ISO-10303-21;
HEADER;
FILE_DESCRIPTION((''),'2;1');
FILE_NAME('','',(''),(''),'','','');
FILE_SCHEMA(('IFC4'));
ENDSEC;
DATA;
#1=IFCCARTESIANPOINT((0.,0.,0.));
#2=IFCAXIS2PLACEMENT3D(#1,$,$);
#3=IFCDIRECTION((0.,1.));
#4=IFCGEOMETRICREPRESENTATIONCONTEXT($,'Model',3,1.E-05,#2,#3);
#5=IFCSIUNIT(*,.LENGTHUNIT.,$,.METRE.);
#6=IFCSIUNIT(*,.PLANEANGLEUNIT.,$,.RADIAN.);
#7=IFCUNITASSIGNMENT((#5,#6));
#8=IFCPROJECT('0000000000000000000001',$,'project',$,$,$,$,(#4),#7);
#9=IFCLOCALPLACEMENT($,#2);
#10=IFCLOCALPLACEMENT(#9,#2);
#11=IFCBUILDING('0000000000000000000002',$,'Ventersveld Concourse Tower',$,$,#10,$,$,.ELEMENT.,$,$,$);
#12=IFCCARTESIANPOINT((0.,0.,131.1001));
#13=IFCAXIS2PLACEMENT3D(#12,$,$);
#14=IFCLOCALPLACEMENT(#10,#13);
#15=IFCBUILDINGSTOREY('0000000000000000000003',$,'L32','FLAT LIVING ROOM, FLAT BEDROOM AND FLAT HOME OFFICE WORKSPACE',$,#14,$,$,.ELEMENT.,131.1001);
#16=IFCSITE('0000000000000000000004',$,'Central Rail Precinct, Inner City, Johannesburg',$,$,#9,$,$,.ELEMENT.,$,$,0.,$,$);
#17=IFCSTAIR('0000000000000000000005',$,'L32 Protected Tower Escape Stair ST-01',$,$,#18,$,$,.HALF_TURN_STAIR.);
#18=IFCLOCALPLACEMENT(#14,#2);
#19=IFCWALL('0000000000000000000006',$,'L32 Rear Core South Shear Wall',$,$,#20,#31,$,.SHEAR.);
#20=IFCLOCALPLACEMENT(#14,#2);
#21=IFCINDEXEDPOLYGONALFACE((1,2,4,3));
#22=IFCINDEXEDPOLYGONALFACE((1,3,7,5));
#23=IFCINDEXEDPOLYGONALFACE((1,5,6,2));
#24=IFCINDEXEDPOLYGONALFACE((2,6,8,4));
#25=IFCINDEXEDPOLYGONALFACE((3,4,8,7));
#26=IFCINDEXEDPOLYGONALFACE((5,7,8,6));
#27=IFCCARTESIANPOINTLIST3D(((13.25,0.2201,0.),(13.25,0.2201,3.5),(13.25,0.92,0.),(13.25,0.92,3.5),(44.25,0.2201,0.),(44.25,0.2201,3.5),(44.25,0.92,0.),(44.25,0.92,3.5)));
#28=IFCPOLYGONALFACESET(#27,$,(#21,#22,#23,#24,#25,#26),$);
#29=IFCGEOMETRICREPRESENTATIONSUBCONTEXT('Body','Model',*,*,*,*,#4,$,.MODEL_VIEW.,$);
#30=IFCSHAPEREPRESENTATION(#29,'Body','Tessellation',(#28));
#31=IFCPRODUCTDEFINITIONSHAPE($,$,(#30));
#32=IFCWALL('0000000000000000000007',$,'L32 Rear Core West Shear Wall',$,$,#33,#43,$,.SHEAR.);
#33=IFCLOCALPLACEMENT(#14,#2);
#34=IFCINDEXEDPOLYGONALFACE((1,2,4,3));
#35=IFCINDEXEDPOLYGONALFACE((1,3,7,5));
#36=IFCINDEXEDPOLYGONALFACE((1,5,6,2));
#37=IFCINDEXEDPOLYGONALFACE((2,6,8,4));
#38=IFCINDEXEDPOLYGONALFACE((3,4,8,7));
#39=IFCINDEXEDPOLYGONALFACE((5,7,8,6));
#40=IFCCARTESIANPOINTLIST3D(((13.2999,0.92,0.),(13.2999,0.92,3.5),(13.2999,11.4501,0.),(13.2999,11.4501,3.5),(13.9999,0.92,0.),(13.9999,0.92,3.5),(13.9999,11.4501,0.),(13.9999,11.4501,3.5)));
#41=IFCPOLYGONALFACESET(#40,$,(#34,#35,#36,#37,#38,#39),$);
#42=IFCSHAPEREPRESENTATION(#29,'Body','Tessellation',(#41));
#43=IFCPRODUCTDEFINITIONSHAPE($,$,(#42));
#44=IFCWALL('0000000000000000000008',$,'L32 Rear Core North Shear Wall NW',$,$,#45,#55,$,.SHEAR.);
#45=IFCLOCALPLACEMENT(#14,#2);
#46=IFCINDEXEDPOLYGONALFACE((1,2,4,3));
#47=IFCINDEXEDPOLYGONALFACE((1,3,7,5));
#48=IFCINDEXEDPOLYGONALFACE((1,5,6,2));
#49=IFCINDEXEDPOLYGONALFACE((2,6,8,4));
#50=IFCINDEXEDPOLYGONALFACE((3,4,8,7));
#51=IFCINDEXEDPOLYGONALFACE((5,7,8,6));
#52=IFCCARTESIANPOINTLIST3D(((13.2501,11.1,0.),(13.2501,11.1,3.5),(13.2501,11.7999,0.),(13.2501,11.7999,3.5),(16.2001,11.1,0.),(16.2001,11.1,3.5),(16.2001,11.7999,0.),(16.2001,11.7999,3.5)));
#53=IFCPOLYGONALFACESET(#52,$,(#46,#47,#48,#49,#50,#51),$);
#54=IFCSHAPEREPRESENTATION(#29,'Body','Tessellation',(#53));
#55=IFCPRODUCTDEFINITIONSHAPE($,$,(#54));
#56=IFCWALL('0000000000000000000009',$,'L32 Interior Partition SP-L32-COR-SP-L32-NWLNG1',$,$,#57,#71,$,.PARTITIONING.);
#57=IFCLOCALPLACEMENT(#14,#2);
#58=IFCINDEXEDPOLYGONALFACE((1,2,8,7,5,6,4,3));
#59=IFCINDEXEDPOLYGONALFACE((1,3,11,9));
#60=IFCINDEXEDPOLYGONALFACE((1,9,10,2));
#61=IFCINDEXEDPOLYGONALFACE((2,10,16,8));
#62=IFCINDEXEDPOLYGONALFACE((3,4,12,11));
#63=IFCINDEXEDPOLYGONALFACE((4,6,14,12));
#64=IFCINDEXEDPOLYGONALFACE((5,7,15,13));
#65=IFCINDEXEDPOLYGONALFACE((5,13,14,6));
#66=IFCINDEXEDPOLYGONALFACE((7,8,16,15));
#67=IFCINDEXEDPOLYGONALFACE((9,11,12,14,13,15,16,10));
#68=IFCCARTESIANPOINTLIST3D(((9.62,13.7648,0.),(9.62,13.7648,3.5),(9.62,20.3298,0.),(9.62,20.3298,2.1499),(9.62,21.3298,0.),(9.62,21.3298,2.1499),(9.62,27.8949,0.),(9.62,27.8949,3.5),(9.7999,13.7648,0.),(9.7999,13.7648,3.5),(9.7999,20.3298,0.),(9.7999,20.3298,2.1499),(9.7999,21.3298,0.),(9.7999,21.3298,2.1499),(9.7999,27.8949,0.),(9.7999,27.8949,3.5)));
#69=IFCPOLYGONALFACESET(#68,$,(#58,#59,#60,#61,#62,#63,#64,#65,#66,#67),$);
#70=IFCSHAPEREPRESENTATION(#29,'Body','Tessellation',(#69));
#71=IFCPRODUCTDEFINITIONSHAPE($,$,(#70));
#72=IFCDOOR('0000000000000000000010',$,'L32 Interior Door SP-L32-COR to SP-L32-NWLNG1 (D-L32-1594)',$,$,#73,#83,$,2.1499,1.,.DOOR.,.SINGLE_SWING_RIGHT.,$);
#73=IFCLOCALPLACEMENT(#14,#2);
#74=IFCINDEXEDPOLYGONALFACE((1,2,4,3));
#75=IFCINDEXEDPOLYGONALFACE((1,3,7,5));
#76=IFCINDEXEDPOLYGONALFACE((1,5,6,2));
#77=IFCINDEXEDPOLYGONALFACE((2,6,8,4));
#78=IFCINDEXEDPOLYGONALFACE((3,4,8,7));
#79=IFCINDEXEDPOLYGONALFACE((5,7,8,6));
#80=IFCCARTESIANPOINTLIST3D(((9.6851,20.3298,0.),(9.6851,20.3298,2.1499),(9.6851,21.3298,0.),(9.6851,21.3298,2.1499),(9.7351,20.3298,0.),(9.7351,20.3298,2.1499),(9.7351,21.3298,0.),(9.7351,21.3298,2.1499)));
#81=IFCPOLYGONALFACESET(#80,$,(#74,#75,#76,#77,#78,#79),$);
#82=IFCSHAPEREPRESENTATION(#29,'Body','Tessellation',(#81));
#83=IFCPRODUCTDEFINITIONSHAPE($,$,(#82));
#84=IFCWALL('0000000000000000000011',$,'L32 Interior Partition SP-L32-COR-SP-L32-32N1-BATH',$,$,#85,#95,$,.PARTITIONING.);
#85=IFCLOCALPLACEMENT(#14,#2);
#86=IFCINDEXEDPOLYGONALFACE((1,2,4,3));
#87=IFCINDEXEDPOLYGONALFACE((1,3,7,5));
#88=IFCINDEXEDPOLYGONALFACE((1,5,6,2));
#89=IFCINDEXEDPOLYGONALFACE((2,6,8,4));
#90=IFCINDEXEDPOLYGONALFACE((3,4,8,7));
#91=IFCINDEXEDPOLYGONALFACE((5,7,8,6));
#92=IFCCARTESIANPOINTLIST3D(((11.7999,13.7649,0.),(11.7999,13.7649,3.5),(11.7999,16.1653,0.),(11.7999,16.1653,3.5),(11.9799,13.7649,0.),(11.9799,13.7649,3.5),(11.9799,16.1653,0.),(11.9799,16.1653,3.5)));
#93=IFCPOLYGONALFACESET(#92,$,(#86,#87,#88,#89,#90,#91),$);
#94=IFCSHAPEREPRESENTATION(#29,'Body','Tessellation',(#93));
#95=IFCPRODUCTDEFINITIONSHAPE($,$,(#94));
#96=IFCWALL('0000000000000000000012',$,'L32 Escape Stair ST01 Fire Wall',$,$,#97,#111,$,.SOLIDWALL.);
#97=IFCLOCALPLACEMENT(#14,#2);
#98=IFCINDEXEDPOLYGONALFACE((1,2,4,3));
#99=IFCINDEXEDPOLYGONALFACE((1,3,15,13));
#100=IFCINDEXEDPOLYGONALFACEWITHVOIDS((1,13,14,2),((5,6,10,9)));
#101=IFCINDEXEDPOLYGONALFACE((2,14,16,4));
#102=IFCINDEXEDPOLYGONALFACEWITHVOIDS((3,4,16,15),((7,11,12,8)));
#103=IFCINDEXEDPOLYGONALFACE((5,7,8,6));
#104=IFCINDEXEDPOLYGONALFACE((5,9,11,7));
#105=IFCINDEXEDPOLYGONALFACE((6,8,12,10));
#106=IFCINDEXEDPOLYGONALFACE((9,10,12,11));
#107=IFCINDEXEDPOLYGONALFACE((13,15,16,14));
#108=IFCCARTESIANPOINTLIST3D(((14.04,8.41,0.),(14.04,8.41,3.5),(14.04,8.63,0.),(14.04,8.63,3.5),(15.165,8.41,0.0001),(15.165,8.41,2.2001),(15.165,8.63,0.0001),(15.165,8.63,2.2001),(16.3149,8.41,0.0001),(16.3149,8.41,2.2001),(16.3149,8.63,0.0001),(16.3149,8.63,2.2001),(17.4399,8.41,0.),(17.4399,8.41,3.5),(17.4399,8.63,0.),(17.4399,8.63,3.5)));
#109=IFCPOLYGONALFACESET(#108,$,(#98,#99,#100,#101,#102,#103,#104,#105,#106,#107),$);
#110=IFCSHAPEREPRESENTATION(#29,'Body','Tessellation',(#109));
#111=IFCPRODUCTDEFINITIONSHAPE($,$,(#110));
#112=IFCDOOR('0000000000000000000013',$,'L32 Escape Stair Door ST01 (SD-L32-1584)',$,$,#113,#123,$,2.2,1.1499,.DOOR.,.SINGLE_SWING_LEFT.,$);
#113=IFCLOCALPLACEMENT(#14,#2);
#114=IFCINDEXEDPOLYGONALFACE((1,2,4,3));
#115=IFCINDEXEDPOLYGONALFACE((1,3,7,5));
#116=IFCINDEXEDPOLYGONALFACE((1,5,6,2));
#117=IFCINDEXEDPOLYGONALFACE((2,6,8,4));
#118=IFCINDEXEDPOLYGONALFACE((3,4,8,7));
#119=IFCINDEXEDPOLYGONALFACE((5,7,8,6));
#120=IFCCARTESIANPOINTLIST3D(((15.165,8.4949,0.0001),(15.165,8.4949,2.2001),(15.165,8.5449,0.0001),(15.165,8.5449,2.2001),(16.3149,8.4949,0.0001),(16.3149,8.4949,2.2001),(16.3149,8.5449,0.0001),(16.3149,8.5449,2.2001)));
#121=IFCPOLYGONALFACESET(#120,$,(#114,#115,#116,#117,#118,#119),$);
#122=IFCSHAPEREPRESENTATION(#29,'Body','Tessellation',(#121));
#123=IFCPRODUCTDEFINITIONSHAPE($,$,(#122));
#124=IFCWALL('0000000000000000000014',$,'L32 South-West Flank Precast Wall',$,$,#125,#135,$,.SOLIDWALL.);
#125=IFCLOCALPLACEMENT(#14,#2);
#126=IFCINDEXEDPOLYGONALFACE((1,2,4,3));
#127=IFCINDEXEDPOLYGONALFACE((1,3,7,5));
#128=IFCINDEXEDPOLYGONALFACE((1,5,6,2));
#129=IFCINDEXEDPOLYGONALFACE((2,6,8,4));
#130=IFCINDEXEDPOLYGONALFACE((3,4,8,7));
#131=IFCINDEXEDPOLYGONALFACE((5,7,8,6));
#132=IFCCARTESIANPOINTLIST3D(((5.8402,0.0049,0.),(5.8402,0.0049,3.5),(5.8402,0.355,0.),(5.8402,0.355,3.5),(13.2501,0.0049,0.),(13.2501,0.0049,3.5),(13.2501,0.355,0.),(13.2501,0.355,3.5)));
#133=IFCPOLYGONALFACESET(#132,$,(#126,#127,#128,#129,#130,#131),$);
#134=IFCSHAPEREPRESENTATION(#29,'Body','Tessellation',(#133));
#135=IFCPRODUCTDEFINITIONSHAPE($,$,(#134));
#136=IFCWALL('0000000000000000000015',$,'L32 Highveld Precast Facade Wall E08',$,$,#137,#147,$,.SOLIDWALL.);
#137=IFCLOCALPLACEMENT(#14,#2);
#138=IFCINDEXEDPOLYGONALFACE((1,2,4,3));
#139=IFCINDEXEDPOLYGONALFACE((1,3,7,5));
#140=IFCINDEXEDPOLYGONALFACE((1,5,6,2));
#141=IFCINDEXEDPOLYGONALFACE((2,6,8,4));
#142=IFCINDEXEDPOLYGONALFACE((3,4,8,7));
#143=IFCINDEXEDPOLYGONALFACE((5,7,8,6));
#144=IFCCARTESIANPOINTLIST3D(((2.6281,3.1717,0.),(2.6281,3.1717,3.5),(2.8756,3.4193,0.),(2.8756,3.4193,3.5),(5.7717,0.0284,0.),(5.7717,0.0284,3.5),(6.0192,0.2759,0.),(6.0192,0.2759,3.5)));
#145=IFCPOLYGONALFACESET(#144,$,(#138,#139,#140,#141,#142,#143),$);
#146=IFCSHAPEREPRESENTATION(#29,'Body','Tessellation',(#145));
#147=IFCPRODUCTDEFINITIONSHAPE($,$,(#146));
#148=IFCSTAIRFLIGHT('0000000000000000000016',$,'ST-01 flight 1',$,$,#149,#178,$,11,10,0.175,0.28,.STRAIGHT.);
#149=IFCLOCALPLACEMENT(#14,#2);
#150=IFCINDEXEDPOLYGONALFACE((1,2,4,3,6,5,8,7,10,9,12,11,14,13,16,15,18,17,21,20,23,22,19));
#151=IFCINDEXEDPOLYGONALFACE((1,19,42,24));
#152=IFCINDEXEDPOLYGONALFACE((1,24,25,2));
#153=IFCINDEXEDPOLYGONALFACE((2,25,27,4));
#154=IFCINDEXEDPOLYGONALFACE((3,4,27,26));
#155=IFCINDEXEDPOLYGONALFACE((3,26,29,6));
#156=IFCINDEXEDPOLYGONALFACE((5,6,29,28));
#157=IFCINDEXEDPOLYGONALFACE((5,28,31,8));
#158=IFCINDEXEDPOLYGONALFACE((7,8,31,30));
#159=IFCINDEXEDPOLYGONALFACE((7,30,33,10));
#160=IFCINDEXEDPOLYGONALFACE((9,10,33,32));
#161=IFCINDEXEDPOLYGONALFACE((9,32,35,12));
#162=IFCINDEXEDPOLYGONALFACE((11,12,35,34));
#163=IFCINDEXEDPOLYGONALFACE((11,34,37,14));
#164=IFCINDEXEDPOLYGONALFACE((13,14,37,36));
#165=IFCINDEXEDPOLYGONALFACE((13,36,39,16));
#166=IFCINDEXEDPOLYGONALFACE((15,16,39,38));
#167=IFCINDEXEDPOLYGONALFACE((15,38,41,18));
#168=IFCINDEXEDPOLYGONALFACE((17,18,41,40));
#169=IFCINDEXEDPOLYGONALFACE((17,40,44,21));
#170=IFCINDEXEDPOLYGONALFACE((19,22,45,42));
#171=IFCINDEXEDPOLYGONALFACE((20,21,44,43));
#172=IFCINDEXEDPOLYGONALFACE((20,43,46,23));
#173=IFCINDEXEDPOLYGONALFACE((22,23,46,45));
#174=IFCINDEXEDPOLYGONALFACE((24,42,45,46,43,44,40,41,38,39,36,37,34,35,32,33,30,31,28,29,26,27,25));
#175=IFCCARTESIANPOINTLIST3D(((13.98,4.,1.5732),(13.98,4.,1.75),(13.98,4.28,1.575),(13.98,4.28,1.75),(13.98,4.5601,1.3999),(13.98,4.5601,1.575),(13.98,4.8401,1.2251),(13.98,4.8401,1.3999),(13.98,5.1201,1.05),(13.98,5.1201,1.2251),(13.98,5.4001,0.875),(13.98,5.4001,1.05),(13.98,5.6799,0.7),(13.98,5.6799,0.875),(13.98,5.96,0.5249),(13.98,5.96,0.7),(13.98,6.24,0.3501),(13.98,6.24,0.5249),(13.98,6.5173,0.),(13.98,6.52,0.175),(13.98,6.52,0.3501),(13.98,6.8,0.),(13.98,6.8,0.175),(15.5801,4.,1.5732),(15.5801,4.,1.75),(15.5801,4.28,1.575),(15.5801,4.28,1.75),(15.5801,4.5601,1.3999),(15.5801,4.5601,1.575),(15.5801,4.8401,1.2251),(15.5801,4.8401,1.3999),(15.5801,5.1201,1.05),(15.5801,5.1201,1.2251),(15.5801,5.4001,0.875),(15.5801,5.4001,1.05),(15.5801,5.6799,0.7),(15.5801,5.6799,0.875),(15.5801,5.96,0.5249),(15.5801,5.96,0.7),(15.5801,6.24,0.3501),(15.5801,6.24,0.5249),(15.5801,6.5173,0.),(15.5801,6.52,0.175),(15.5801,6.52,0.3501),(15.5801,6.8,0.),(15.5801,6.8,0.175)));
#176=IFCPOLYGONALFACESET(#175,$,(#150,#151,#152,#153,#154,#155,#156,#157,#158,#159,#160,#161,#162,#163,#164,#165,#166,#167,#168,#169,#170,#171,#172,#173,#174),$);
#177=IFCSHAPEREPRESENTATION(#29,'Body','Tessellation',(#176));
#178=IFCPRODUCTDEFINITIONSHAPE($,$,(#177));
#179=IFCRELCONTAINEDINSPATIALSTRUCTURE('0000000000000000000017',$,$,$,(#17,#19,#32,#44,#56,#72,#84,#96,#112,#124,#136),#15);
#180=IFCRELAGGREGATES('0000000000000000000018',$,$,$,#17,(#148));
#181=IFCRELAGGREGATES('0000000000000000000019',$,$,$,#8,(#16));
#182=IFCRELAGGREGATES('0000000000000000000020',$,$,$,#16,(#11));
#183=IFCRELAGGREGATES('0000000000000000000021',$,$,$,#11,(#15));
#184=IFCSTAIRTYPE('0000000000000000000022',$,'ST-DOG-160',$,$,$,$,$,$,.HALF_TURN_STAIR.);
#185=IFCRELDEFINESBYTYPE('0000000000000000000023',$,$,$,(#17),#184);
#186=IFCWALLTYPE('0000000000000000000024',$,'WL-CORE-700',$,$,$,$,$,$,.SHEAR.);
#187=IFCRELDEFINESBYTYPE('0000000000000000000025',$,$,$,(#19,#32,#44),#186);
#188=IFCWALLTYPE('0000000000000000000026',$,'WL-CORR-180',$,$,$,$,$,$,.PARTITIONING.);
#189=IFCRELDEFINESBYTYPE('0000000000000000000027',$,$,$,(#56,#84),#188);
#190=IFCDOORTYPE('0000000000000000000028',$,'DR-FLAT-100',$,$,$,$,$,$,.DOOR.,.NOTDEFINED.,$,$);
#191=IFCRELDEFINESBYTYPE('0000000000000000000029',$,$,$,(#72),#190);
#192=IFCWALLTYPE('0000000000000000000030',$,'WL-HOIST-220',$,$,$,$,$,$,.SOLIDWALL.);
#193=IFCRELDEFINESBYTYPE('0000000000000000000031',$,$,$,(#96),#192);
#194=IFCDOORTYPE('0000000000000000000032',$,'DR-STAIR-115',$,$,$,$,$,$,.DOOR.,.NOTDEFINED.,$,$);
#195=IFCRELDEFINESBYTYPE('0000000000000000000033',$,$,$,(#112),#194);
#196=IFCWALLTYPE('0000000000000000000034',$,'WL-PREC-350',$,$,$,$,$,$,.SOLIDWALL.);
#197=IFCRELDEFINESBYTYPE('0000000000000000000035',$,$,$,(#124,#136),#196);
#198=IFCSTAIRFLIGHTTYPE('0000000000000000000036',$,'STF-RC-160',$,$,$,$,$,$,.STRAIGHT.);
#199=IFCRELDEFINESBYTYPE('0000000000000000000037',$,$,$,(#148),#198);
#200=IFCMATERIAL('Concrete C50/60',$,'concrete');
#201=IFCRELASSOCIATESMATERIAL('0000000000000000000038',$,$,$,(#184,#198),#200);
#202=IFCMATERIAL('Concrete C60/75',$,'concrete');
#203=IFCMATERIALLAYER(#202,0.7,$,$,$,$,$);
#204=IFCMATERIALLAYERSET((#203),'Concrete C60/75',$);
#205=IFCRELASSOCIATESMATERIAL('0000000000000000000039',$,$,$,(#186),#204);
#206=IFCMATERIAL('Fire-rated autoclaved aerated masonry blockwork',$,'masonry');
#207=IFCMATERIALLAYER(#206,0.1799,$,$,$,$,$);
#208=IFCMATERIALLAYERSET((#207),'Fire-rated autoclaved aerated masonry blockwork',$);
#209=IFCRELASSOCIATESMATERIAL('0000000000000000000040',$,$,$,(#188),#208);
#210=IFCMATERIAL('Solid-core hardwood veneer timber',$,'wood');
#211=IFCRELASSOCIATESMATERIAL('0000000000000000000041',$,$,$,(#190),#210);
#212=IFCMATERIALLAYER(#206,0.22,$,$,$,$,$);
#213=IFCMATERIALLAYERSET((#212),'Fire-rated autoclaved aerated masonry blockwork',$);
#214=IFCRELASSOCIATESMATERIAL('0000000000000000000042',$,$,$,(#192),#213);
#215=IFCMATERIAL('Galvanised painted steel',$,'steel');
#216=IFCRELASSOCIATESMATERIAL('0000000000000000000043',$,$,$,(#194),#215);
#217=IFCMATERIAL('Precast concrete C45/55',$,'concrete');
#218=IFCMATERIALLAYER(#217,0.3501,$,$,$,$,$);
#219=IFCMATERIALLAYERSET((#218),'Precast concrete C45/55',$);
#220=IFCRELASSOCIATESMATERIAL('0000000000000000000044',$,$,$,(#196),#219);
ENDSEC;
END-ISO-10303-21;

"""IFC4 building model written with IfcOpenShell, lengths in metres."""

from ifc_helpers import new_model, si_unit, direction, frame, frame_2d, origin, place, context, subcontext, project, spatial, polyline, rectangle, outline, extrude, material, layer, layer_set, type_object, element, fill, aggregate, save


model = new_model("IFC4")

# Units and contexts
model_context = context("Model", 3, precision=1e-05, world=origin(), true_north=direction((0.0, 1.0)))
body_context = subcontext(model_context, "Body", "Model", "MODEL_VIEW")
ifc_project = project(units=[si_unit("LENGTHUNIT", "METRE"), si_unit("PLANEANGLEUNIT", "RADIAN")], contexts=[model_context])

# Site, building, storey
site_placement = place(None, origin())
site = spatial("IfcSite", under=ifc_project, at=site_placement, Name="Central Rail Precinct, Inner City, Johannesburg", CompositionType="ELEMENT", RefElevation=0.0)
building_placement = place(site_placement, origin())
building = spatial("IfcBuilding", under=site, at=building_placement, Name="Ventersveld Concourse Tower", CompositionType="ELEMENT")
storey_placement = place(building_placement, frame((0.0, 0.0, 131.1001)))
storey = spatial("IfcBuildingStorey", under=building, at=storey_placement, Name="L32", Description="FLAT LIVING ROOM, FLAT BEDROOM AND FLAT HOME OFFICE WORKSPACE", CompositionType="ELEMENT", Elevation=131.1001)

# Shared definitions
ifc_material_1 = material(Name="Concrete C50/60", Category="concrete")

# Stair
stair_type_1 = type_object("IfcStairType", Name="ST-DOG-160", PredefinedType="HALF_TURN_STAIR", material=ifc_material_1)
stair_1_placement = place(storey_placement, origin())
stair_1 = element("IfcStair", 1, at=stair_1_placement, inside=storey, type_object=stair_type_1, Name="L32 Protected Tower Escape Stair ST-01", PredefinedType="HALF_TURN_STAIR")

# Walls
ifc_material_2 = material(Name="Concrete C60/75", Category="concrete")
ifc_layer_1 = layer(ifc_material_2, 0.7)
ifc_layer_set_1 = layer_set([ifc_layer_1], Name="Concrete C60/75")
wall_type_1 = type_object("IfcWallType", Name="WL-CORE-700", PredefinedType="SHEAR", material=ifc_layer_set_1)
wall_1_placement = place(storey_placement, frame((13.25, 0.5701, 0.0), z_axis=(0.0, 0.0, 1.0), x_axis=(1.0, 0.0, 0.0)))
element("IfcWall", 2, at=wall_1_placement, inside=storey, type_object=wall_type_1, Name="L32 Rear Core South Shear Wall", PredefinedType="SHEAR", context=body_context, shape_type="SweptSolid", body=[
    extrude(rectangle(XDim=31.0, YDim=0.7, at=frame_2d((15.5, 0.0))), origin(), (0.0, 0.0, 1.0), 3.5),
])
wall_2_placement = place(storey_placement, frame((13.6499, 0.9199, 0.0), z_axis=(0.0, 0.0, 1.0), x_axis=(0.0, 1.0, 0.0)))
element("IfcWall", 3, at=wall_2_placement, inside=storey, type_object=wall_type_1, Name="L32 Rear Core West Shear Wall", PredefinedType="SHEAR", context=body_context, shape_type="SweptSolid", body=[
    extrude(rectangle(XDim=10.53, YDim=0.7, at=frame_2d((5.2651, 0.0))), origin(), (0.0, 0.0, 1.0), 3.5),
])
wall_3_placement = place(storey_placement, frame((13.25, 11.45, 0.0), z_axis=(0.0, 0.0, 1.0), x_axis=(1.0, 0.0, 0.0)))
element("IfcWall", 4, at=wall_3_placement, inside=storey, type_object=wall_type_1, Name="L32 Rear Core North Shear Wall NW", PredefinedType="SHEAR", context=body_context, shape_type="SweptSolid", body=[
    extrude(rectangle(XDim=2.95, YDim=0.7, at=frame_2d((1.4751, 0.0))), origin(), (0.0, 0.0, 1.0), 3.5),
])

# Wall, opening, door
ifc_material_3 = material(Name="Fire-rated autoclaved aerated masonry blockwork", Category="masonry")
ifc_layer_2 = layer(ifc_material_3, 0.1799)
ifc_layer_set_2 = layer_set([ifc_layer_2], Name="Fire-rated autoclaved aerated masonry blockwork")
wall_type_2 = type_object("IfcWallType", Name="WL-CORR-180", PredefinedType="PARTITIONING", material=ifc_layer_set_2)
wall_4_placement = place(storey_placement, frame((9.71, 13.7649, 0.0), z_axis=(0.0, 0.0, 1.0), x_axis=(0.0, 1.0, 0.0)))
wall_4 = element("IfcWall", 5, at=wall_4_placement, inside=storey, type_object=wall_type_2, Name="L32 Interior Partition SP-L32-COR-SP-L32-NWLNG1", PredefinedType="PARTITIONING", context=body_context, shape_type="SweptSolid", body=[
    extrude(rectangle(XDim=14.1301, YDim=0.1799, at=frame_2d((7.0649, 0.0))), origin(), (0.0, 0.0, 1.0), 3.5),
])
opening_1_placement = place(wall_4_placement, frame((6.5649, 0.0, 0.0)))
opening_1 = element("IfcOpeningElement", 6, at=opening_1_placement, cuts=wall_4, PredefinedType="OPENING", context=body_context, shape_type="SweptSolid", body=[
    extrude(rectangle(XDim=1.0, YDim=2.1499, at=frame_2d((0.5, 1.075))), frame((0.0, 0.1001, 0.0), z_axis=(0.0, -1.0, 0.0), x_axis=(1.0, 0.0, 0.0)), (0.0, 0.0, 1.0), 0.2),
])
ifc_material_4 = material(Name="Solid-core hardwood veneer timber", Category="wood")
door_type_1 = type_object("IfcDoorType", Name="DR-FLAT-100", OperationType="NOTDEFINED", PredefinedType="DOOR", material=ifc_material_4)
door_1_placement = place(opening_1_placement, origin())
door_1 = element("IfcDoor", 7, at=door_1_placement, inside=storey, type_object=door_type_1, Name="L32 Interior Door SP-L32-COR to SP-L32-NWLNG1 (D-L32-1594)", OperationType="SINGLE_SWING_RIGHT", OverallHeight=2.1499, OverallWidth=1.0, PredefinedType="DOOR", context=body_context, shape_type="SweptSolid", body=[
    extrude(rectangle(XDim=1.0, YDim=2.1499, at=frame_2d((0.5, 1.075))), frame((0.0, 0.0249, 0.0), z_axis=(0.0, -1.0, 0.0), x_axis=(1.0, 0.0, 0.0)), (0.0, 0.0, 1.0), 0.05),
])
fill(opening_1, door_1)

# Wall
wall_5_placement = place(storey_placement, frame((11.8899, 13.7649, 0.0), z_axis=(0.0, 0.0, 1.0), x_axis=(0.0, 1.0, 0.0)))
element("IfcWall", 8, at=wall_5_placement, inside=storey, type_object=wall_type_2, Name="L32 Interior Partition SP-L32-COR-SP-L32-32N1-BATH", PredefinedType="PARTITIONING", context=body_context, shape_type="SweptSolid", body=[
    extrude(rectangle(XDim=2.4004, YDim=0.1799, at=frame_2d((1.2002, 0.0))), origin(), (0.0, 0.0, 1.0), 3.5),
])

# Wall, opening, door
ifc_layer_3 = layer(ifc_material_3, 0.22)
ifc_layer_set_3 = layer_set([ifc_layer_3], Name="Fire-rated autoclaved aerated masonry blockwork")
wall_type_3 = type_object("IfcWallType", Name="WL-HOIST-220", PredefinedType="SOLIDWALL", material=ifc_layer_set_3)
wall_6_placement = place(storey_placement, frame((14.04, 8.52, 0.0), z_axis=(0.0, 0.0, 1.0), x_axis=(1.0, 0.0, 0.0)))
wall_6 = element("IfcWall", 9, at=wall_6_placement, inside=storey, type_object=wall_type_3, Name="L32 Escape Stair ST01 Fire Wall", PredefinedType="SOLIDWALL", context=body_context, shape_type="SweptSolid", body=[
    extrude(rectangle(XDim=3.3999, YDim=0.22, at=frame_2d((1.7, 0.0))), origin(), (0.0, 0.0, 1.0), 3.5),
])
opening_2_placement = place(wall_6_placement, frame((1.125, 0.0, 0.0)))
opening_2 = element("IfcOpeningElement", 10, at=opening_2_placement, cuts=wall_6, PredefinedType="OPENING", context=body_context, shape_type="SweptSolid", body=[
    extrude(rectangle(XDim=1.1499, YDim=2.2, at=frame_2d((0.575, 1.1001))), frame((0.0, 0.1201, 0.0), z_axis=(0.0, -1.0, 0.0), x_axis=(1.0, 0.0, 0.0)), (0.0, 0.0, 1.0), 0.24),
])
ifc_material_5 = material(Name="Galvanised painted steel", Category="steel")
door_type_2 = type_object("IfcDoorType", Name="DR-STAIR-115", OperationType="NOTDEFINED", PredefinedType="DOOR", material=ifc_material_5)
door_2_placement = place(opening_2_placement, origin())
door_2 = element("IfcDoor", 11, at=door_2_placement, inside=storey, type_object=door_type_2, Name="L32 Escape Stair Door ST01 (SD-L32-1584)", OperationType="SINGLE_SWING_LEFT", OverallHeight=2.2, OverallWidth=1.1499, PredefinedType="DOOR", context=body_context, shape_type="SweptSolid", body=[
    extrude(rectangle(XDim=1.1499, YDim=2.2, at=frame_2d((0.575, 1.1001))), frame((0.0, 0.0249, 0.0), z_axis=(0.0, -1.0, 0.0), x_axis=(1.0, 0.0, 0.0)), (0.0, 0.0, 1.0), 0.05),
])
fill(opening_2, door_2)

# Walls
ifc_material_6 = material(Name="Precast concrete C45/55", Category="concrete")
ifc_layer_4 = layer(ifc_material_6, 0.3501)
ifc_layer_set_4 = layer_set([ifc_layer_4], Name="Precast concrete C45/55")
wall_type_4 = type_object("IfcWallType", Name="WL-PREC-350", PredefinedType="SOLIDWALL", material=ifc_layer_set_4)
wall_7_placement = place(storey_placement, frame((5.8401, 0.1799, 0.0), z_axis=(0.0, 0.0, 1.0), x_axis=(1.0, 0.0, 0.0)))
element("IfcWall", 12, at=wall_7_placement, inside=storey, type_object=wall_type_4, Name="L32 South-West Flank Precast Wall", PredefinedType="SOLIDWALL", context=body_context, shape_type="SweptSolid", body=[
    extrude(rectangle(XDim=7.4099, YDim=0.3501, at=frame_2d((3.7051, 0.0))), origin(), (0.0, 0.0, 1.0), 3.5),
])
wall_8_placement = place(storey_placement, frame((2.752, 3.2954, 0.0), z_axis=(0.0, 0.0, 1.0), x_axis=(0.707134, -0.707079, 0.0)))
element("IfcWall", 13, at=wall_8_placement, inside=storey, type_object=wall_type_4, Name="L32 Highveld Precast Facade Wall E08", PredefinedType="SOLIDWALL", context=body_context, shape_type="SweptSolid", body=[
    extrude(rectangle(XDim=4.4456, YDim=0.3501, at=frame_2d((2.2227, 0.0))), origin(), (0.0, 0.0, 1.0), 3.5),
])

# Stair flight
stair_flight_type = type_object("IfcStairFlightType", Name="STF-RC-160", PredefinedType="STRAIGHT", material=ifc_material_1)
stair_flight_placement = place(storey_placement, frame((14.78, 6.8, 0.0), z_axis=(0.0, 0.0, 1.0), x_axis=(0.0, -1.0, 0.0)))
stair_flight = element("IfcStairFlight", 14, at=stair_flight_placement, type_object=stair_flight_type, Name="ST-01 flight 1", NumberOfRisers=11, NumberOfTreads=10, PredefinedType="STRAIGHT", RiserHeight=0.175, TreadLength=0.28, context=body_context, shape_type="SweptSolid", body=[
    extrude(outline(polyline([(0.0, 0.0), (0.0, 0.175), (0.28, 0.175), (0.28, 0.3501), (0.5601, 0.3501), (0.5601, 0.5249), (0.8401, 0.5249), (0.8401, 0.7), (1.1201, 0.7), (1.1201, 0.875), (1.3999, 0.875), (1.3999, 1.05), (1.6799, 1.05), (1.6799, 1.2251), (1.96, 1.2251), (1.96, 1.3999), (2.24, 1.3999), (2.24, 1.575), (2.52, 1.575), (2.52, 1.75), (2.8, 1.75), (2.8, 1.925), (2.8, 1.5732), (0.2827, 0.0), (0.0, 0.0)])), frame((0.0, 0.8, 0.0), z_axis=(0.0, -1.0, 0.0), x_axis=(1.0, 0.0, 0.0)), (0.0, 0.0, 1.0), 1.6001),
])
aggregate(stair_1, [stair_flight])

save(model, "model.ifc")
